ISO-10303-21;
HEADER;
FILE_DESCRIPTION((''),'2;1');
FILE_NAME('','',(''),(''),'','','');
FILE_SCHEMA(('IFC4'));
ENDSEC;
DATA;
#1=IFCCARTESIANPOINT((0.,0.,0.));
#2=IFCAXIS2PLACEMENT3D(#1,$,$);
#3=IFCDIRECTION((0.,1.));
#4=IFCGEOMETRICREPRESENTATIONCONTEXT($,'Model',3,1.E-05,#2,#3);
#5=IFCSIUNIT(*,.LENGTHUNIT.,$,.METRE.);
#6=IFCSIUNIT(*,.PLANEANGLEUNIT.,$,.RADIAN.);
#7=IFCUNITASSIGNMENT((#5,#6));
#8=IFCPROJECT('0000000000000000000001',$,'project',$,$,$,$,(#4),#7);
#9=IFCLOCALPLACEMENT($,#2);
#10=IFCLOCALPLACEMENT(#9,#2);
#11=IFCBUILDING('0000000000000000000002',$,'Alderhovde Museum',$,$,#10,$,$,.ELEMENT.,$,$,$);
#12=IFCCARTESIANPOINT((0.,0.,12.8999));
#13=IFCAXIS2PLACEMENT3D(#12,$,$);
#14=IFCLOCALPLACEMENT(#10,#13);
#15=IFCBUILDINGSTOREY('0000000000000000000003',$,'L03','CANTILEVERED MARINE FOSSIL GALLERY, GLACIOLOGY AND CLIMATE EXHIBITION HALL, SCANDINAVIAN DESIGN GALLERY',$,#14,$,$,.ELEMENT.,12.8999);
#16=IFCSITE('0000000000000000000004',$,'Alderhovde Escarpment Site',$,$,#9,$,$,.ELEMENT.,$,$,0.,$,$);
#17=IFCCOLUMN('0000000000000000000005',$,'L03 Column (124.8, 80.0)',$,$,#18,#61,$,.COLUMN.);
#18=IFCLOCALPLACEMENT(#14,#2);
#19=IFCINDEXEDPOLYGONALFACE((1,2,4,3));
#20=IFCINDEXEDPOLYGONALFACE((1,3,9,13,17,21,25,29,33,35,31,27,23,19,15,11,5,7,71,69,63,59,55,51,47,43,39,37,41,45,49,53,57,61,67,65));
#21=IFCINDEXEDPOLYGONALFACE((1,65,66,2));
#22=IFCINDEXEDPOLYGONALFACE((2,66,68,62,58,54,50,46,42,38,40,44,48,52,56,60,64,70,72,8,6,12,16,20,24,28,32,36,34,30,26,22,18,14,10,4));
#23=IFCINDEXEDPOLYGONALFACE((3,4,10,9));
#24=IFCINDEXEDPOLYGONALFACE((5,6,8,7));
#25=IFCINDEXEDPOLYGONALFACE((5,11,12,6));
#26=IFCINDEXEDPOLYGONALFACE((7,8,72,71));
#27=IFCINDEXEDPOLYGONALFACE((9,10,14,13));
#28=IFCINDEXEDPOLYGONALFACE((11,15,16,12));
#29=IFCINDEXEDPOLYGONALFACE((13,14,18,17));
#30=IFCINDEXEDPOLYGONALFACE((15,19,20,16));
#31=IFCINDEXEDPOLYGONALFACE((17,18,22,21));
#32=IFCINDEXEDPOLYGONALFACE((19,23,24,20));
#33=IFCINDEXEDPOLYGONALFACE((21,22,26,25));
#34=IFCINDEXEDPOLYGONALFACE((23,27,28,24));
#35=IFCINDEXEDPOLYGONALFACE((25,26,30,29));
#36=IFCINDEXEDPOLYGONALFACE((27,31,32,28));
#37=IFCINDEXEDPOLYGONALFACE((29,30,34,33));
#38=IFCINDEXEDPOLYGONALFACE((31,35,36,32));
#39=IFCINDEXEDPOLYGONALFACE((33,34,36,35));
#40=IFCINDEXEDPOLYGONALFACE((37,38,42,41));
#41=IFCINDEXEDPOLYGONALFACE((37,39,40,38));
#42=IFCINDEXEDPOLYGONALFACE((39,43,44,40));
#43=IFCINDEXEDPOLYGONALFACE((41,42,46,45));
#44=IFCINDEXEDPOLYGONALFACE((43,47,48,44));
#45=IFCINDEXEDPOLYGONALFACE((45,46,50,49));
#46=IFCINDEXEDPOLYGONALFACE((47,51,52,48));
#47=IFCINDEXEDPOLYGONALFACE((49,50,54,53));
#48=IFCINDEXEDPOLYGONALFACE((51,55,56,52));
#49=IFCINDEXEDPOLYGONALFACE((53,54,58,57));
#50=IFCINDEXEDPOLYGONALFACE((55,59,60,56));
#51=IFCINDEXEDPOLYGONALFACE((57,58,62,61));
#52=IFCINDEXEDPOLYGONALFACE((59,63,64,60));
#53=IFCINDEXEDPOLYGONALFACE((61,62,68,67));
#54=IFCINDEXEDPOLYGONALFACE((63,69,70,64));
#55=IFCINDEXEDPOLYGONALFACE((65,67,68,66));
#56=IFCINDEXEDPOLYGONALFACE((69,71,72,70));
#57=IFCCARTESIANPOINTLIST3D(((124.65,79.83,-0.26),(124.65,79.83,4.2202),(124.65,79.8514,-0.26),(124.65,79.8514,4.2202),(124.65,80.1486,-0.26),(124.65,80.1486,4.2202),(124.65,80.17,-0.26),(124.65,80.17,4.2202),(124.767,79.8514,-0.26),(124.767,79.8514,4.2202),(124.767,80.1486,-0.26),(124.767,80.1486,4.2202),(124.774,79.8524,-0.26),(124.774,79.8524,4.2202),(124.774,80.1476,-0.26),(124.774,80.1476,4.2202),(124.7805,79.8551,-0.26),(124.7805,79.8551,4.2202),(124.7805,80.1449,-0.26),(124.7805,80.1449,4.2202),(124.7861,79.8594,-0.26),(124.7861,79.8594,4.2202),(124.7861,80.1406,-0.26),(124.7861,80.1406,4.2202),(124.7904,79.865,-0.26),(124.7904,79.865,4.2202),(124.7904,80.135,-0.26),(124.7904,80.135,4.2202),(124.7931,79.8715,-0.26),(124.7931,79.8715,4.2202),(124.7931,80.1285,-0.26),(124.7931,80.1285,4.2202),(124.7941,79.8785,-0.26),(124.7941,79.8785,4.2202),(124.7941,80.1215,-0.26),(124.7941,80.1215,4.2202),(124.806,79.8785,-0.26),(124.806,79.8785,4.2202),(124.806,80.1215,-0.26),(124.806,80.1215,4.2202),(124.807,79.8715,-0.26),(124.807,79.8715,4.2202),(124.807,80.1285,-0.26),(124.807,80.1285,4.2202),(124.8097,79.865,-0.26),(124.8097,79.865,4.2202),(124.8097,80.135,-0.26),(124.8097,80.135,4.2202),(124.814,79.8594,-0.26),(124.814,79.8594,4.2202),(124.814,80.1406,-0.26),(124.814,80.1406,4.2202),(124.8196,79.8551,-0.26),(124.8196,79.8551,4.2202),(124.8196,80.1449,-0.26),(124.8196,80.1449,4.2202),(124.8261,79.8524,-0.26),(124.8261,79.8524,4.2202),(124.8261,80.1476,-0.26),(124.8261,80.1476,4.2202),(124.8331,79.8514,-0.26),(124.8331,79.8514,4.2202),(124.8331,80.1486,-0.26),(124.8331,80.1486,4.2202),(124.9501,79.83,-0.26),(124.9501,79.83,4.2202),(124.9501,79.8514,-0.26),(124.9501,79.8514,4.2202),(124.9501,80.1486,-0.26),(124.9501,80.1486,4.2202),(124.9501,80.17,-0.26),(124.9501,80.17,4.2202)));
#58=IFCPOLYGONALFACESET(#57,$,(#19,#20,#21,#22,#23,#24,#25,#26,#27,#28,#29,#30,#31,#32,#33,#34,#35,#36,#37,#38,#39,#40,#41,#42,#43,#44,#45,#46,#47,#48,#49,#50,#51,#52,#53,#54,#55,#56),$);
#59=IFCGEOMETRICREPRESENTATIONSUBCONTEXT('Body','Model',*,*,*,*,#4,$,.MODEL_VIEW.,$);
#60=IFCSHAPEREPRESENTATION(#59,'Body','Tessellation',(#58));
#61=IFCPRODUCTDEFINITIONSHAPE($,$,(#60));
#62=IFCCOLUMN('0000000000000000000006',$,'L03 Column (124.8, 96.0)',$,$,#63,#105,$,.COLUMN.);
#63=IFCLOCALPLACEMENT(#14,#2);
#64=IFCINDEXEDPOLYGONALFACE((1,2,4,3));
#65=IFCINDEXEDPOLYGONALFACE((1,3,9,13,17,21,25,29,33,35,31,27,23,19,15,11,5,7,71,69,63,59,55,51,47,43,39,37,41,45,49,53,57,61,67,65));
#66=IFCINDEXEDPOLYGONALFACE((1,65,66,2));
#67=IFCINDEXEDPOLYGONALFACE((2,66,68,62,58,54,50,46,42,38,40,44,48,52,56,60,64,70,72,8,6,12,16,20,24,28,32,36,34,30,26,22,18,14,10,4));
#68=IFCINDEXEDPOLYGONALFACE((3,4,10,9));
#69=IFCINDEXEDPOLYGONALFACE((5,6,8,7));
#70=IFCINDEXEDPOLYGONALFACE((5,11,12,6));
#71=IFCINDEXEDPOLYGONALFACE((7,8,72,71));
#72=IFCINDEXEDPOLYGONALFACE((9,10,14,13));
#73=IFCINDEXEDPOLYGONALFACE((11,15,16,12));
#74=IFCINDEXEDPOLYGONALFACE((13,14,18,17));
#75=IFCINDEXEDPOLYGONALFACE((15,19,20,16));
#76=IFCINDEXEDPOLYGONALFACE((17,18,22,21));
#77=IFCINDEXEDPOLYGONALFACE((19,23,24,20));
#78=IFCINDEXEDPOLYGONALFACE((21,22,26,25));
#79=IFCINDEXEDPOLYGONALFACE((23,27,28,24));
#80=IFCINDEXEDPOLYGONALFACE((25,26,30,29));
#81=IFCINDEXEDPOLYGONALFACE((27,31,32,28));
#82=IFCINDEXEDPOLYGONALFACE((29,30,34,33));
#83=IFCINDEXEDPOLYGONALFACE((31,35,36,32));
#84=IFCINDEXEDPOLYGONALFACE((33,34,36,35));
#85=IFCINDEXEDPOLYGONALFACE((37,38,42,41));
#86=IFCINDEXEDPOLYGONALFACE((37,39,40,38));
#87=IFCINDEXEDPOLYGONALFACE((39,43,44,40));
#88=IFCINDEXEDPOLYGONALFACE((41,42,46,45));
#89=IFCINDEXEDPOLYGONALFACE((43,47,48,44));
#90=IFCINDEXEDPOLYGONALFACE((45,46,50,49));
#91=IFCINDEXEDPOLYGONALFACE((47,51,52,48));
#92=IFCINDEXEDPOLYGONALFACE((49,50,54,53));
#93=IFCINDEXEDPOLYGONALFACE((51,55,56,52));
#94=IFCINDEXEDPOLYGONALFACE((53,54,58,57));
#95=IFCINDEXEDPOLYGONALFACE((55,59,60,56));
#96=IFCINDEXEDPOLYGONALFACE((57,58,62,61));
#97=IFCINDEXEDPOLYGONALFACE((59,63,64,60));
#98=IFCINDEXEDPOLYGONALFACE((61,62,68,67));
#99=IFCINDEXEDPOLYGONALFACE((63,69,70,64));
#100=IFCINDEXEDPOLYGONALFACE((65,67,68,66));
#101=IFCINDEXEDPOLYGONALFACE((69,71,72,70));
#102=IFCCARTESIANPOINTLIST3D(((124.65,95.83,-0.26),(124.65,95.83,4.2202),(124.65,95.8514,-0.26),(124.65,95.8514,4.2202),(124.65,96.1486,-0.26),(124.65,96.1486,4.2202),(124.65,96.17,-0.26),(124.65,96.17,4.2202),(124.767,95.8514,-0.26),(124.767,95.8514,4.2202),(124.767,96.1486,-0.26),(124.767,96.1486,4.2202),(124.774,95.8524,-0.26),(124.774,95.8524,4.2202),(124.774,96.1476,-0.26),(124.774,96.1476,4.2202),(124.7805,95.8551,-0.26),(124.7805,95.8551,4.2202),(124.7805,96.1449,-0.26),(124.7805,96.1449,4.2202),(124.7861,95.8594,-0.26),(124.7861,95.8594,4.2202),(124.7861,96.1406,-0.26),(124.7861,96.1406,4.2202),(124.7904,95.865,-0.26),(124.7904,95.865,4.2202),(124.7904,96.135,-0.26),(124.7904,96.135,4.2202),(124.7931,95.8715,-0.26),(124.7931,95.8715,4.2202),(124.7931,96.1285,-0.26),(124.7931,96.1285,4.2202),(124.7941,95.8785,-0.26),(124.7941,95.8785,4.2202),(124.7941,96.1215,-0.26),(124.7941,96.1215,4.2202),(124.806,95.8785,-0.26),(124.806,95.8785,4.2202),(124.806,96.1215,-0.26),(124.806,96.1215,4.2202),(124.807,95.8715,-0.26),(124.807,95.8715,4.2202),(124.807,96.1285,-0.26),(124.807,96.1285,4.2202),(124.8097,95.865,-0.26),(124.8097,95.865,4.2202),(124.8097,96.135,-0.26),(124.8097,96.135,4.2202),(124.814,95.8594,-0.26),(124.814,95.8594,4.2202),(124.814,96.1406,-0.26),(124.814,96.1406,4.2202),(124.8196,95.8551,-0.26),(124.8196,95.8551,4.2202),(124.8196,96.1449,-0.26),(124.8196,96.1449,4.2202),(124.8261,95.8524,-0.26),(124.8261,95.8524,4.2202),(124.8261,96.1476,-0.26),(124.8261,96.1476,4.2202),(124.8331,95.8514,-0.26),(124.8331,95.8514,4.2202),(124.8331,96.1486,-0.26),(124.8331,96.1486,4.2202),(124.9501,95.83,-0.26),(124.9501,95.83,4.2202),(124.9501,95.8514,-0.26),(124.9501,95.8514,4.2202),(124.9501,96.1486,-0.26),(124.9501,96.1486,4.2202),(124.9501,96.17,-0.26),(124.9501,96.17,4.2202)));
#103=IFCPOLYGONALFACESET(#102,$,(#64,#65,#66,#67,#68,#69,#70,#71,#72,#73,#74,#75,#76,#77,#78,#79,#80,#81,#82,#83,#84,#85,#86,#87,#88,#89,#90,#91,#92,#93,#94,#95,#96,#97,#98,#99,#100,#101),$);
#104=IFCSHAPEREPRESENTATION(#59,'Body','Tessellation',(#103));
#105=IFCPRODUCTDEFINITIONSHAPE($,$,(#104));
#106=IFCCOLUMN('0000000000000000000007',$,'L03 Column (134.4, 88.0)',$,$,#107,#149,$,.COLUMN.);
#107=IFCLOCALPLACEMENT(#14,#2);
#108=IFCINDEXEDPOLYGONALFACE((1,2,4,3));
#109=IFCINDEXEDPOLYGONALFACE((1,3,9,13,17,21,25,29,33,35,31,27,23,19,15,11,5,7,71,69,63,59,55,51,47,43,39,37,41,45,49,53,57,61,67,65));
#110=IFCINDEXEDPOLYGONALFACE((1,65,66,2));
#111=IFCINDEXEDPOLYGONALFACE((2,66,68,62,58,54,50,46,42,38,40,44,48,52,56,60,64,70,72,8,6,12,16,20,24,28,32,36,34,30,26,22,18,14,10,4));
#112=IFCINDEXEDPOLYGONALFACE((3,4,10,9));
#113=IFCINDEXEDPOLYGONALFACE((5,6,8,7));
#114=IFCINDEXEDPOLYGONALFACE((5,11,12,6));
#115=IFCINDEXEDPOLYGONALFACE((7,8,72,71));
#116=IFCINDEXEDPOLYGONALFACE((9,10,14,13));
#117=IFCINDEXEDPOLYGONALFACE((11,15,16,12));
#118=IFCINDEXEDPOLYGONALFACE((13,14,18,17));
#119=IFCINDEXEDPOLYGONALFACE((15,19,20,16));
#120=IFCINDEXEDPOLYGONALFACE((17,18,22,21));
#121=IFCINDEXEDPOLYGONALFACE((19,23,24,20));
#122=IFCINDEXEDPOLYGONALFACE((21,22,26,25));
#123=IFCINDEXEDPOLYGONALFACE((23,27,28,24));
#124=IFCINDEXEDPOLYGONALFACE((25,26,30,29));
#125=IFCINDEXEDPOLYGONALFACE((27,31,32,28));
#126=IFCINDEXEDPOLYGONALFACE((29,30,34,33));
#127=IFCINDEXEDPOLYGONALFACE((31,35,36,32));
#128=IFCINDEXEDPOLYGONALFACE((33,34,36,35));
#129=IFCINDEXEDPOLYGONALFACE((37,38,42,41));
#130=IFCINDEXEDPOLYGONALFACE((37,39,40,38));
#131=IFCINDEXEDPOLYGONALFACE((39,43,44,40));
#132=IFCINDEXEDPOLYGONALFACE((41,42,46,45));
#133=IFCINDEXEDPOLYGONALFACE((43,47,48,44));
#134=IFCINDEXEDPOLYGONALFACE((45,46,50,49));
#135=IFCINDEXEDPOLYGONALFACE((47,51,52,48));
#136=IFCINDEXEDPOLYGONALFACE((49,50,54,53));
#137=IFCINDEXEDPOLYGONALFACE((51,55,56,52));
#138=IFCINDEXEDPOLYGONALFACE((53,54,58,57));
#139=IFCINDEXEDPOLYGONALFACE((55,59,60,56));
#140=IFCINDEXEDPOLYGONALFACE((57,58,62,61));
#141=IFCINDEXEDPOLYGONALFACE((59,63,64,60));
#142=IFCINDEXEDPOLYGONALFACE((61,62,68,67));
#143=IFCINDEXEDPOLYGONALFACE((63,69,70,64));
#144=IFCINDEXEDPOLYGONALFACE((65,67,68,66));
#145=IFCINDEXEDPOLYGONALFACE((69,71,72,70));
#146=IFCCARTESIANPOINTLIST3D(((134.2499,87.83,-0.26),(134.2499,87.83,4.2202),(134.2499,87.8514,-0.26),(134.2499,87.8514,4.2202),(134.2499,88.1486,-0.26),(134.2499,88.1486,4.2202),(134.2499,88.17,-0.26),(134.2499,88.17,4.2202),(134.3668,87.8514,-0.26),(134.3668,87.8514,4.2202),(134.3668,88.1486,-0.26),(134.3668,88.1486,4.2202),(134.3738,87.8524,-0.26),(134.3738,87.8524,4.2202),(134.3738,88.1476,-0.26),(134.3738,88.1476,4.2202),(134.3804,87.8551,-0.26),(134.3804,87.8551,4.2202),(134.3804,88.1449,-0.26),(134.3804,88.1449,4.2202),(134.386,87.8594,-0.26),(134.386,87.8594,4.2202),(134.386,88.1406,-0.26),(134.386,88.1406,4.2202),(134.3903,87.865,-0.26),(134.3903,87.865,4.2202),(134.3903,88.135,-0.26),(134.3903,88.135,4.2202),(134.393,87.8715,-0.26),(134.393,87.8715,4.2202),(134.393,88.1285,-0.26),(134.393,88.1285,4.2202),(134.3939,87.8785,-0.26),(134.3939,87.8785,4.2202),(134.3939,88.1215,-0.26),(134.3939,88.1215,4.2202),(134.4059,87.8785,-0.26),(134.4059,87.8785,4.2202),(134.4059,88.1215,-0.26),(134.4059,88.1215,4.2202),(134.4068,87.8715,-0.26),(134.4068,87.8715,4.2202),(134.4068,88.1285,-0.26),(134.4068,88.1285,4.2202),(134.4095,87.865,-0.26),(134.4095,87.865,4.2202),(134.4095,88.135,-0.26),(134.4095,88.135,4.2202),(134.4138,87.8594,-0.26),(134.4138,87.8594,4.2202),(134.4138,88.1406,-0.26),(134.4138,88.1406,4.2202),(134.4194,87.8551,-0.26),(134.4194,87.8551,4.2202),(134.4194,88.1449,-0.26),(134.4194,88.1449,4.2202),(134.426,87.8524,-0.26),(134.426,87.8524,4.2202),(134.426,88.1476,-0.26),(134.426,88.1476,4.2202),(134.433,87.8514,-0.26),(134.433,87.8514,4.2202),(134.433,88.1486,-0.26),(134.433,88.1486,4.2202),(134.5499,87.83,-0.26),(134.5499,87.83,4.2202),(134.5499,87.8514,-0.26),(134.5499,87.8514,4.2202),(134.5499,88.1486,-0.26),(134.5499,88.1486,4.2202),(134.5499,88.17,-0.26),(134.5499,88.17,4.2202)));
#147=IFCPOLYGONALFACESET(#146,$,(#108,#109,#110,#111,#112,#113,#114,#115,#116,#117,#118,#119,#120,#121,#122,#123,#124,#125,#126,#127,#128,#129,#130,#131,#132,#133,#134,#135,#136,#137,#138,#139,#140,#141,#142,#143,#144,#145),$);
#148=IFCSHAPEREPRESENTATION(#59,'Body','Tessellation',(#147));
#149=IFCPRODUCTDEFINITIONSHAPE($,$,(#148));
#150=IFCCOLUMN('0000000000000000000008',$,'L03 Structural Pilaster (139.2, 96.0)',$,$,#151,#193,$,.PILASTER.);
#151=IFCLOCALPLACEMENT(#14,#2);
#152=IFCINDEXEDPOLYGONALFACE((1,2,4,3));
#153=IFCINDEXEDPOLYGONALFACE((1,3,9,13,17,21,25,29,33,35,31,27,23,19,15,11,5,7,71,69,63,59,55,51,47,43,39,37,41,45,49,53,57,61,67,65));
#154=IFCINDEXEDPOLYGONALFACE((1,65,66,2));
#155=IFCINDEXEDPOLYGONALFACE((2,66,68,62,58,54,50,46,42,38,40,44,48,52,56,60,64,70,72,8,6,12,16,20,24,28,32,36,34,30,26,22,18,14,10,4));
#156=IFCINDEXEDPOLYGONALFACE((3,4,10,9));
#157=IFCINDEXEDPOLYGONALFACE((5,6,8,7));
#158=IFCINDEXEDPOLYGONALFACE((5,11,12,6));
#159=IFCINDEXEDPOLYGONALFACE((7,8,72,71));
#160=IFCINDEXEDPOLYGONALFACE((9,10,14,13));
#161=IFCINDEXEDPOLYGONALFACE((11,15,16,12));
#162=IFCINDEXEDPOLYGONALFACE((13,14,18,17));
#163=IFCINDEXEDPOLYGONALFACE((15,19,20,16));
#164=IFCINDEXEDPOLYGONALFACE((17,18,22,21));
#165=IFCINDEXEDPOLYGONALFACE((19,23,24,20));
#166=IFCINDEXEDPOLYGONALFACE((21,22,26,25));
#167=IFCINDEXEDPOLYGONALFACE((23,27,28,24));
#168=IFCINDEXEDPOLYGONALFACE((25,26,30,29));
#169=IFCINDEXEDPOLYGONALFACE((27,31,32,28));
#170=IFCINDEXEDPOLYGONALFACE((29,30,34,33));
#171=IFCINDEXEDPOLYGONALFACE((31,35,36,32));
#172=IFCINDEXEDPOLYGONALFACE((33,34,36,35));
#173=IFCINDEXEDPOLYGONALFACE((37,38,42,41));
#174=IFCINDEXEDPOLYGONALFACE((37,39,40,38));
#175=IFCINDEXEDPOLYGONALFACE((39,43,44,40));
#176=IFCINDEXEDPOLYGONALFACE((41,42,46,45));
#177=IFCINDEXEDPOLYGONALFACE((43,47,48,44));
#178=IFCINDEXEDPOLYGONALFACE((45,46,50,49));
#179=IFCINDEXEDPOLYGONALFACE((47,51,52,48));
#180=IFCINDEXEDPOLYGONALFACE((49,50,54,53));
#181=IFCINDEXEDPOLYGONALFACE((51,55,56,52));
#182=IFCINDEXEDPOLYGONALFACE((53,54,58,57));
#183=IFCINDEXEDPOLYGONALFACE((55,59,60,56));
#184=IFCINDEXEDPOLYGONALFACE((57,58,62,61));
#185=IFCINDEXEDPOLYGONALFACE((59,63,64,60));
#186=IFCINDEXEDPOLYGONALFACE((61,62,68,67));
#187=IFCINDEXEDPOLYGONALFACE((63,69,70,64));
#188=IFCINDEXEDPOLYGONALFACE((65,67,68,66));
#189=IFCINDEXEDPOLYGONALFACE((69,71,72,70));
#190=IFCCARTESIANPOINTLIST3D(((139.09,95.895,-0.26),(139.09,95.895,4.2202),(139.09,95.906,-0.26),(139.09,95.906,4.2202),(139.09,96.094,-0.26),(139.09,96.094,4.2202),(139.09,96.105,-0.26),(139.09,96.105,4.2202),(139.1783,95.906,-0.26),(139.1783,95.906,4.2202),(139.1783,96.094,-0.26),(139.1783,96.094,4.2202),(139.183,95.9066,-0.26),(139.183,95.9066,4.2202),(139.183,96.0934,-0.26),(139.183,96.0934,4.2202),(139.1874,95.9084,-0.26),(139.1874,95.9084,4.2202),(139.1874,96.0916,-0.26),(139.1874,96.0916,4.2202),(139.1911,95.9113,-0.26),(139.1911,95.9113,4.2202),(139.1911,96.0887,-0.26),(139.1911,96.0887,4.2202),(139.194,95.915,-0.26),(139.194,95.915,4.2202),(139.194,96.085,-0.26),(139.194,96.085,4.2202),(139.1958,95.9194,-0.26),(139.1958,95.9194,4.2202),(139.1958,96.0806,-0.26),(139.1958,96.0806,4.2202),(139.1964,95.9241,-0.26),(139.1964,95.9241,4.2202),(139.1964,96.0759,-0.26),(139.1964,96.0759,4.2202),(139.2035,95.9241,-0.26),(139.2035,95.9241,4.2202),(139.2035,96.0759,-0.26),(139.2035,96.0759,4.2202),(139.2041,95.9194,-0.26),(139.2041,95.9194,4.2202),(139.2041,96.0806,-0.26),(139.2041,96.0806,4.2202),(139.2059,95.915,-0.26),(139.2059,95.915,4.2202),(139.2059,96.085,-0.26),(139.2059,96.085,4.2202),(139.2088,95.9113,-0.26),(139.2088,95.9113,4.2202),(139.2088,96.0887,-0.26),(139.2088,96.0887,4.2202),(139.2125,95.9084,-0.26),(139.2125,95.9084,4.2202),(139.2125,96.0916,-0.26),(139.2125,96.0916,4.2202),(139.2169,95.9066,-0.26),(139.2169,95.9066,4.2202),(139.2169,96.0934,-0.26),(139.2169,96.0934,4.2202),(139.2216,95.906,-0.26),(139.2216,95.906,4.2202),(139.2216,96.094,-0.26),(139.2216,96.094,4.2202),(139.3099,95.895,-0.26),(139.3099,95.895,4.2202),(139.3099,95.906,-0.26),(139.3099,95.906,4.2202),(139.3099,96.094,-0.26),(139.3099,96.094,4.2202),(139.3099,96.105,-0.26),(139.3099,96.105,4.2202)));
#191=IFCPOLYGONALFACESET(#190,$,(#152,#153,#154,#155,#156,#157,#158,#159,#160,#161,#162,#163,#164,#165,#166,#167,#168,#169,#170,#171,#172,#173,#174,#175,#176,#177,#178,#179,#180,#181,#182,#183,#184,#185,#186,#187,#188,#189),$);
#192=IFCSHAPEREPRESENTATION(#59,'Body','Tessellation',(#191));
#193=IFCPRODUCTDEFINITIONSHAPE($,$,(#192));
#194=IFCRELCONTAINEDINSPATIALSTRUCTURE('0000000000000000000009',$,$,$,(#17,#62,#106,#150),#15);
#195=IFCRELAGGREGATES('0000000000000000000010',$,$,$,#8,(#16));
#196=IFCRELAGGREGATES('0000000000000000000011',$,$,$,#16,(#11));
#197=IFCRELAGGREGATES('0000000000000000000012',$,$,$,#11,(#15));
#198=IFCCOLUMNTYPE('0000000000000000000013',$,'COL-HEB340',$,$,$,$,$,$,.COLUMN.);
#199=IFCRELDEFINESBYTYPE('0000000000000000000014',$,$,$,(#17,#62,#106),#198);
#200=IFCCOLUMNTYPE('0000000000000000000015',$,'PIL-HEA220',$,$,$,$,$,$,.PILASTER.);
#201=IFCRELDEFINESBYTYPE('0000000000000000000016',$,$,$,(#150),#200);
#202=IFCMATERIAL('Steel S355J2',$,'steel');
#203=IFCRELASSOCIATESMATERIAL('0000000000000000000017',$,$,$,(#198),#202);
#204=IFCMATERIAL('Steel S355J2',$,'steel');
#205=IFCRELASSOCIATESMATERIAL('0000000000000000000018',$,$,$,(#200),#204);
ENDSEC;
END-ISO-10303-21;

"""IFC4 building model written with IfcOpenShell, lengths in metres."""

from ifc_helpers import new_model, si_unit, direction, frame, origin, origin_2d, place, context, subcontext, project, spatial, i_section, extrude, material, material_profile, profile_set, type_object, element, save


model = new_model("IFC4")

# Units and contexts
model_context = context("Model", 3, precision=1e-05, world=origin(), true_north=direction((0.0, 1.0)))
body_context = subcontext(model_context, "Body", "Model", "MODEL_VIEW")
ifc_project = project(units=[si_unit("LENGTHUNIT", "METRE"), si_unit("PLANEANGLEUNIT", "RADIAN")], contexts=[model_context])

# Site, building, storey
site_placement = place(None, origin())
site = spatial("IfcSite", under=ifc_project, at=site_placement, Name="Alderhovde Escarpment Site", CompositionType="ELEMENT", RefElevation=0.0)
building_placement = place(site_placement, origin())
building = spatial("IfcBuilding", under=site, at=building_placement, Name="Alderhovde Museum", CompositionType="ELEMENT")
storey_placement = place(building_placement, frame((0.0, 0.0, 12.8999)))
storey = spatial("IfcBuildingStorey", under=building, at=storey_placement, Name="L03", Description="CANTILEVERED MARINE FOSSIL GALLERY, GLACIOLOGY AND CLIMATE EXHIBITION HALL, SCANDINAVIAN DESIGN GALLERY", CompositionType="ELEMENT", Elevation=12.8999)

# Columns
ifc_material_1 = material(Name="Steel S355J2", Category="steel")
ifc_material_profile_1 = material_profile(ifc_material_1, i_section(OverallWidth=0.3, OverallDepth=0.3401, WebThickness=0.012, FlangeThickness=0.0215, FilletRadius=0.0271, at=origin_2d()), Name="HEB 340")
ifc_profile_set_1 = profile_set([ifc_material_profile_1], Name="Steel S355J2")
column_type_1 = type_object("IfcColumnType", Name="COL-HEB340", PredefinedType="COLUMN", material=ifc_profile_set_1)
for number, where, z_axis, x_axis, name in (
    (1, (124.8, 80.0, -0.26), (0.0, 0.0, 1.0), (1.0, 0.0, 0.0), "L03 Column (124.8, 80.0)"),
    (2, (124.8, 96.0, -0.26), (0.0, 0.0, 1.0), (1.0, 0.0, 0.0), "L03 Column (124.8, 96.0)"),
    (3, (134.3999, 88.0, -0.26), (0.0, 0.0, 1.0), (1.0, 0.0, 0.0), "L03 Column (134.4, 88.0)"),
):
    element("IfcColumn", number, at=place(storey_placement, frame(where, z_axis=z_axis, x_axis=x_axis)), inside=storey, type_object=column_type_1, Name=name, PredefinedType="COLUMN", context=body_context, shape_type="SweptSolid", body=[
        extrude(i_section(OverallWidth=0.3, OverallDepth=0.3401, WebThickness=0.012, FlangeThickness=0.0215, FilletRadius=0.0271, at=origin_2d()), origin(), (0.0, 0.0, 1.0), 4.4802),
    ])
ifc_material_2 = material(Name="Steel S355J2", Category="steel")
ifc_material_profile_2 = material_profile(ifc_material_2, i_section(OverallWidth=0.22, OverallDepth=0.21, WebThickness=0.0071, FlangeThickness=0.011, FilletRadius=0.0181, at=origin_2d()), Name="HEA 220")
ifc_profile_set_2 = profile_set([ifc_material_profile_2], Name="Steel S355J2")
column_type_2 = type_object("IfcColumnType", Name="PIL-HEA220", PredefinedType="PILASTER", material=ifc_profile_set_2)
column_1_placement = place(storey_placement, frame((139.2, 96.0, -0.26), z_axis=(0.0, 0.0, 1.0), x_axis=(1.0, 0.0, 0.0)))
element("IfcColumn", 4, at=column_1_placement, inside=storey, type_object=column_type_2, Name="L03 Structural Pilaster (139.2, 96.0)", PredefinedType="PILASTER", context=body_context, shape_type="SweptSolid", body=[
    extrude(i_section(OverallWidth=0.22, OverallDepth=0.21, WebThickness=0.0071, FlangeThickness=0.011, FilletRadius=0.0181, at=origin_2d()), origin(), (0.0, 0.0, 1.0), 4.4802),
])

save(model, "model.ifc")
